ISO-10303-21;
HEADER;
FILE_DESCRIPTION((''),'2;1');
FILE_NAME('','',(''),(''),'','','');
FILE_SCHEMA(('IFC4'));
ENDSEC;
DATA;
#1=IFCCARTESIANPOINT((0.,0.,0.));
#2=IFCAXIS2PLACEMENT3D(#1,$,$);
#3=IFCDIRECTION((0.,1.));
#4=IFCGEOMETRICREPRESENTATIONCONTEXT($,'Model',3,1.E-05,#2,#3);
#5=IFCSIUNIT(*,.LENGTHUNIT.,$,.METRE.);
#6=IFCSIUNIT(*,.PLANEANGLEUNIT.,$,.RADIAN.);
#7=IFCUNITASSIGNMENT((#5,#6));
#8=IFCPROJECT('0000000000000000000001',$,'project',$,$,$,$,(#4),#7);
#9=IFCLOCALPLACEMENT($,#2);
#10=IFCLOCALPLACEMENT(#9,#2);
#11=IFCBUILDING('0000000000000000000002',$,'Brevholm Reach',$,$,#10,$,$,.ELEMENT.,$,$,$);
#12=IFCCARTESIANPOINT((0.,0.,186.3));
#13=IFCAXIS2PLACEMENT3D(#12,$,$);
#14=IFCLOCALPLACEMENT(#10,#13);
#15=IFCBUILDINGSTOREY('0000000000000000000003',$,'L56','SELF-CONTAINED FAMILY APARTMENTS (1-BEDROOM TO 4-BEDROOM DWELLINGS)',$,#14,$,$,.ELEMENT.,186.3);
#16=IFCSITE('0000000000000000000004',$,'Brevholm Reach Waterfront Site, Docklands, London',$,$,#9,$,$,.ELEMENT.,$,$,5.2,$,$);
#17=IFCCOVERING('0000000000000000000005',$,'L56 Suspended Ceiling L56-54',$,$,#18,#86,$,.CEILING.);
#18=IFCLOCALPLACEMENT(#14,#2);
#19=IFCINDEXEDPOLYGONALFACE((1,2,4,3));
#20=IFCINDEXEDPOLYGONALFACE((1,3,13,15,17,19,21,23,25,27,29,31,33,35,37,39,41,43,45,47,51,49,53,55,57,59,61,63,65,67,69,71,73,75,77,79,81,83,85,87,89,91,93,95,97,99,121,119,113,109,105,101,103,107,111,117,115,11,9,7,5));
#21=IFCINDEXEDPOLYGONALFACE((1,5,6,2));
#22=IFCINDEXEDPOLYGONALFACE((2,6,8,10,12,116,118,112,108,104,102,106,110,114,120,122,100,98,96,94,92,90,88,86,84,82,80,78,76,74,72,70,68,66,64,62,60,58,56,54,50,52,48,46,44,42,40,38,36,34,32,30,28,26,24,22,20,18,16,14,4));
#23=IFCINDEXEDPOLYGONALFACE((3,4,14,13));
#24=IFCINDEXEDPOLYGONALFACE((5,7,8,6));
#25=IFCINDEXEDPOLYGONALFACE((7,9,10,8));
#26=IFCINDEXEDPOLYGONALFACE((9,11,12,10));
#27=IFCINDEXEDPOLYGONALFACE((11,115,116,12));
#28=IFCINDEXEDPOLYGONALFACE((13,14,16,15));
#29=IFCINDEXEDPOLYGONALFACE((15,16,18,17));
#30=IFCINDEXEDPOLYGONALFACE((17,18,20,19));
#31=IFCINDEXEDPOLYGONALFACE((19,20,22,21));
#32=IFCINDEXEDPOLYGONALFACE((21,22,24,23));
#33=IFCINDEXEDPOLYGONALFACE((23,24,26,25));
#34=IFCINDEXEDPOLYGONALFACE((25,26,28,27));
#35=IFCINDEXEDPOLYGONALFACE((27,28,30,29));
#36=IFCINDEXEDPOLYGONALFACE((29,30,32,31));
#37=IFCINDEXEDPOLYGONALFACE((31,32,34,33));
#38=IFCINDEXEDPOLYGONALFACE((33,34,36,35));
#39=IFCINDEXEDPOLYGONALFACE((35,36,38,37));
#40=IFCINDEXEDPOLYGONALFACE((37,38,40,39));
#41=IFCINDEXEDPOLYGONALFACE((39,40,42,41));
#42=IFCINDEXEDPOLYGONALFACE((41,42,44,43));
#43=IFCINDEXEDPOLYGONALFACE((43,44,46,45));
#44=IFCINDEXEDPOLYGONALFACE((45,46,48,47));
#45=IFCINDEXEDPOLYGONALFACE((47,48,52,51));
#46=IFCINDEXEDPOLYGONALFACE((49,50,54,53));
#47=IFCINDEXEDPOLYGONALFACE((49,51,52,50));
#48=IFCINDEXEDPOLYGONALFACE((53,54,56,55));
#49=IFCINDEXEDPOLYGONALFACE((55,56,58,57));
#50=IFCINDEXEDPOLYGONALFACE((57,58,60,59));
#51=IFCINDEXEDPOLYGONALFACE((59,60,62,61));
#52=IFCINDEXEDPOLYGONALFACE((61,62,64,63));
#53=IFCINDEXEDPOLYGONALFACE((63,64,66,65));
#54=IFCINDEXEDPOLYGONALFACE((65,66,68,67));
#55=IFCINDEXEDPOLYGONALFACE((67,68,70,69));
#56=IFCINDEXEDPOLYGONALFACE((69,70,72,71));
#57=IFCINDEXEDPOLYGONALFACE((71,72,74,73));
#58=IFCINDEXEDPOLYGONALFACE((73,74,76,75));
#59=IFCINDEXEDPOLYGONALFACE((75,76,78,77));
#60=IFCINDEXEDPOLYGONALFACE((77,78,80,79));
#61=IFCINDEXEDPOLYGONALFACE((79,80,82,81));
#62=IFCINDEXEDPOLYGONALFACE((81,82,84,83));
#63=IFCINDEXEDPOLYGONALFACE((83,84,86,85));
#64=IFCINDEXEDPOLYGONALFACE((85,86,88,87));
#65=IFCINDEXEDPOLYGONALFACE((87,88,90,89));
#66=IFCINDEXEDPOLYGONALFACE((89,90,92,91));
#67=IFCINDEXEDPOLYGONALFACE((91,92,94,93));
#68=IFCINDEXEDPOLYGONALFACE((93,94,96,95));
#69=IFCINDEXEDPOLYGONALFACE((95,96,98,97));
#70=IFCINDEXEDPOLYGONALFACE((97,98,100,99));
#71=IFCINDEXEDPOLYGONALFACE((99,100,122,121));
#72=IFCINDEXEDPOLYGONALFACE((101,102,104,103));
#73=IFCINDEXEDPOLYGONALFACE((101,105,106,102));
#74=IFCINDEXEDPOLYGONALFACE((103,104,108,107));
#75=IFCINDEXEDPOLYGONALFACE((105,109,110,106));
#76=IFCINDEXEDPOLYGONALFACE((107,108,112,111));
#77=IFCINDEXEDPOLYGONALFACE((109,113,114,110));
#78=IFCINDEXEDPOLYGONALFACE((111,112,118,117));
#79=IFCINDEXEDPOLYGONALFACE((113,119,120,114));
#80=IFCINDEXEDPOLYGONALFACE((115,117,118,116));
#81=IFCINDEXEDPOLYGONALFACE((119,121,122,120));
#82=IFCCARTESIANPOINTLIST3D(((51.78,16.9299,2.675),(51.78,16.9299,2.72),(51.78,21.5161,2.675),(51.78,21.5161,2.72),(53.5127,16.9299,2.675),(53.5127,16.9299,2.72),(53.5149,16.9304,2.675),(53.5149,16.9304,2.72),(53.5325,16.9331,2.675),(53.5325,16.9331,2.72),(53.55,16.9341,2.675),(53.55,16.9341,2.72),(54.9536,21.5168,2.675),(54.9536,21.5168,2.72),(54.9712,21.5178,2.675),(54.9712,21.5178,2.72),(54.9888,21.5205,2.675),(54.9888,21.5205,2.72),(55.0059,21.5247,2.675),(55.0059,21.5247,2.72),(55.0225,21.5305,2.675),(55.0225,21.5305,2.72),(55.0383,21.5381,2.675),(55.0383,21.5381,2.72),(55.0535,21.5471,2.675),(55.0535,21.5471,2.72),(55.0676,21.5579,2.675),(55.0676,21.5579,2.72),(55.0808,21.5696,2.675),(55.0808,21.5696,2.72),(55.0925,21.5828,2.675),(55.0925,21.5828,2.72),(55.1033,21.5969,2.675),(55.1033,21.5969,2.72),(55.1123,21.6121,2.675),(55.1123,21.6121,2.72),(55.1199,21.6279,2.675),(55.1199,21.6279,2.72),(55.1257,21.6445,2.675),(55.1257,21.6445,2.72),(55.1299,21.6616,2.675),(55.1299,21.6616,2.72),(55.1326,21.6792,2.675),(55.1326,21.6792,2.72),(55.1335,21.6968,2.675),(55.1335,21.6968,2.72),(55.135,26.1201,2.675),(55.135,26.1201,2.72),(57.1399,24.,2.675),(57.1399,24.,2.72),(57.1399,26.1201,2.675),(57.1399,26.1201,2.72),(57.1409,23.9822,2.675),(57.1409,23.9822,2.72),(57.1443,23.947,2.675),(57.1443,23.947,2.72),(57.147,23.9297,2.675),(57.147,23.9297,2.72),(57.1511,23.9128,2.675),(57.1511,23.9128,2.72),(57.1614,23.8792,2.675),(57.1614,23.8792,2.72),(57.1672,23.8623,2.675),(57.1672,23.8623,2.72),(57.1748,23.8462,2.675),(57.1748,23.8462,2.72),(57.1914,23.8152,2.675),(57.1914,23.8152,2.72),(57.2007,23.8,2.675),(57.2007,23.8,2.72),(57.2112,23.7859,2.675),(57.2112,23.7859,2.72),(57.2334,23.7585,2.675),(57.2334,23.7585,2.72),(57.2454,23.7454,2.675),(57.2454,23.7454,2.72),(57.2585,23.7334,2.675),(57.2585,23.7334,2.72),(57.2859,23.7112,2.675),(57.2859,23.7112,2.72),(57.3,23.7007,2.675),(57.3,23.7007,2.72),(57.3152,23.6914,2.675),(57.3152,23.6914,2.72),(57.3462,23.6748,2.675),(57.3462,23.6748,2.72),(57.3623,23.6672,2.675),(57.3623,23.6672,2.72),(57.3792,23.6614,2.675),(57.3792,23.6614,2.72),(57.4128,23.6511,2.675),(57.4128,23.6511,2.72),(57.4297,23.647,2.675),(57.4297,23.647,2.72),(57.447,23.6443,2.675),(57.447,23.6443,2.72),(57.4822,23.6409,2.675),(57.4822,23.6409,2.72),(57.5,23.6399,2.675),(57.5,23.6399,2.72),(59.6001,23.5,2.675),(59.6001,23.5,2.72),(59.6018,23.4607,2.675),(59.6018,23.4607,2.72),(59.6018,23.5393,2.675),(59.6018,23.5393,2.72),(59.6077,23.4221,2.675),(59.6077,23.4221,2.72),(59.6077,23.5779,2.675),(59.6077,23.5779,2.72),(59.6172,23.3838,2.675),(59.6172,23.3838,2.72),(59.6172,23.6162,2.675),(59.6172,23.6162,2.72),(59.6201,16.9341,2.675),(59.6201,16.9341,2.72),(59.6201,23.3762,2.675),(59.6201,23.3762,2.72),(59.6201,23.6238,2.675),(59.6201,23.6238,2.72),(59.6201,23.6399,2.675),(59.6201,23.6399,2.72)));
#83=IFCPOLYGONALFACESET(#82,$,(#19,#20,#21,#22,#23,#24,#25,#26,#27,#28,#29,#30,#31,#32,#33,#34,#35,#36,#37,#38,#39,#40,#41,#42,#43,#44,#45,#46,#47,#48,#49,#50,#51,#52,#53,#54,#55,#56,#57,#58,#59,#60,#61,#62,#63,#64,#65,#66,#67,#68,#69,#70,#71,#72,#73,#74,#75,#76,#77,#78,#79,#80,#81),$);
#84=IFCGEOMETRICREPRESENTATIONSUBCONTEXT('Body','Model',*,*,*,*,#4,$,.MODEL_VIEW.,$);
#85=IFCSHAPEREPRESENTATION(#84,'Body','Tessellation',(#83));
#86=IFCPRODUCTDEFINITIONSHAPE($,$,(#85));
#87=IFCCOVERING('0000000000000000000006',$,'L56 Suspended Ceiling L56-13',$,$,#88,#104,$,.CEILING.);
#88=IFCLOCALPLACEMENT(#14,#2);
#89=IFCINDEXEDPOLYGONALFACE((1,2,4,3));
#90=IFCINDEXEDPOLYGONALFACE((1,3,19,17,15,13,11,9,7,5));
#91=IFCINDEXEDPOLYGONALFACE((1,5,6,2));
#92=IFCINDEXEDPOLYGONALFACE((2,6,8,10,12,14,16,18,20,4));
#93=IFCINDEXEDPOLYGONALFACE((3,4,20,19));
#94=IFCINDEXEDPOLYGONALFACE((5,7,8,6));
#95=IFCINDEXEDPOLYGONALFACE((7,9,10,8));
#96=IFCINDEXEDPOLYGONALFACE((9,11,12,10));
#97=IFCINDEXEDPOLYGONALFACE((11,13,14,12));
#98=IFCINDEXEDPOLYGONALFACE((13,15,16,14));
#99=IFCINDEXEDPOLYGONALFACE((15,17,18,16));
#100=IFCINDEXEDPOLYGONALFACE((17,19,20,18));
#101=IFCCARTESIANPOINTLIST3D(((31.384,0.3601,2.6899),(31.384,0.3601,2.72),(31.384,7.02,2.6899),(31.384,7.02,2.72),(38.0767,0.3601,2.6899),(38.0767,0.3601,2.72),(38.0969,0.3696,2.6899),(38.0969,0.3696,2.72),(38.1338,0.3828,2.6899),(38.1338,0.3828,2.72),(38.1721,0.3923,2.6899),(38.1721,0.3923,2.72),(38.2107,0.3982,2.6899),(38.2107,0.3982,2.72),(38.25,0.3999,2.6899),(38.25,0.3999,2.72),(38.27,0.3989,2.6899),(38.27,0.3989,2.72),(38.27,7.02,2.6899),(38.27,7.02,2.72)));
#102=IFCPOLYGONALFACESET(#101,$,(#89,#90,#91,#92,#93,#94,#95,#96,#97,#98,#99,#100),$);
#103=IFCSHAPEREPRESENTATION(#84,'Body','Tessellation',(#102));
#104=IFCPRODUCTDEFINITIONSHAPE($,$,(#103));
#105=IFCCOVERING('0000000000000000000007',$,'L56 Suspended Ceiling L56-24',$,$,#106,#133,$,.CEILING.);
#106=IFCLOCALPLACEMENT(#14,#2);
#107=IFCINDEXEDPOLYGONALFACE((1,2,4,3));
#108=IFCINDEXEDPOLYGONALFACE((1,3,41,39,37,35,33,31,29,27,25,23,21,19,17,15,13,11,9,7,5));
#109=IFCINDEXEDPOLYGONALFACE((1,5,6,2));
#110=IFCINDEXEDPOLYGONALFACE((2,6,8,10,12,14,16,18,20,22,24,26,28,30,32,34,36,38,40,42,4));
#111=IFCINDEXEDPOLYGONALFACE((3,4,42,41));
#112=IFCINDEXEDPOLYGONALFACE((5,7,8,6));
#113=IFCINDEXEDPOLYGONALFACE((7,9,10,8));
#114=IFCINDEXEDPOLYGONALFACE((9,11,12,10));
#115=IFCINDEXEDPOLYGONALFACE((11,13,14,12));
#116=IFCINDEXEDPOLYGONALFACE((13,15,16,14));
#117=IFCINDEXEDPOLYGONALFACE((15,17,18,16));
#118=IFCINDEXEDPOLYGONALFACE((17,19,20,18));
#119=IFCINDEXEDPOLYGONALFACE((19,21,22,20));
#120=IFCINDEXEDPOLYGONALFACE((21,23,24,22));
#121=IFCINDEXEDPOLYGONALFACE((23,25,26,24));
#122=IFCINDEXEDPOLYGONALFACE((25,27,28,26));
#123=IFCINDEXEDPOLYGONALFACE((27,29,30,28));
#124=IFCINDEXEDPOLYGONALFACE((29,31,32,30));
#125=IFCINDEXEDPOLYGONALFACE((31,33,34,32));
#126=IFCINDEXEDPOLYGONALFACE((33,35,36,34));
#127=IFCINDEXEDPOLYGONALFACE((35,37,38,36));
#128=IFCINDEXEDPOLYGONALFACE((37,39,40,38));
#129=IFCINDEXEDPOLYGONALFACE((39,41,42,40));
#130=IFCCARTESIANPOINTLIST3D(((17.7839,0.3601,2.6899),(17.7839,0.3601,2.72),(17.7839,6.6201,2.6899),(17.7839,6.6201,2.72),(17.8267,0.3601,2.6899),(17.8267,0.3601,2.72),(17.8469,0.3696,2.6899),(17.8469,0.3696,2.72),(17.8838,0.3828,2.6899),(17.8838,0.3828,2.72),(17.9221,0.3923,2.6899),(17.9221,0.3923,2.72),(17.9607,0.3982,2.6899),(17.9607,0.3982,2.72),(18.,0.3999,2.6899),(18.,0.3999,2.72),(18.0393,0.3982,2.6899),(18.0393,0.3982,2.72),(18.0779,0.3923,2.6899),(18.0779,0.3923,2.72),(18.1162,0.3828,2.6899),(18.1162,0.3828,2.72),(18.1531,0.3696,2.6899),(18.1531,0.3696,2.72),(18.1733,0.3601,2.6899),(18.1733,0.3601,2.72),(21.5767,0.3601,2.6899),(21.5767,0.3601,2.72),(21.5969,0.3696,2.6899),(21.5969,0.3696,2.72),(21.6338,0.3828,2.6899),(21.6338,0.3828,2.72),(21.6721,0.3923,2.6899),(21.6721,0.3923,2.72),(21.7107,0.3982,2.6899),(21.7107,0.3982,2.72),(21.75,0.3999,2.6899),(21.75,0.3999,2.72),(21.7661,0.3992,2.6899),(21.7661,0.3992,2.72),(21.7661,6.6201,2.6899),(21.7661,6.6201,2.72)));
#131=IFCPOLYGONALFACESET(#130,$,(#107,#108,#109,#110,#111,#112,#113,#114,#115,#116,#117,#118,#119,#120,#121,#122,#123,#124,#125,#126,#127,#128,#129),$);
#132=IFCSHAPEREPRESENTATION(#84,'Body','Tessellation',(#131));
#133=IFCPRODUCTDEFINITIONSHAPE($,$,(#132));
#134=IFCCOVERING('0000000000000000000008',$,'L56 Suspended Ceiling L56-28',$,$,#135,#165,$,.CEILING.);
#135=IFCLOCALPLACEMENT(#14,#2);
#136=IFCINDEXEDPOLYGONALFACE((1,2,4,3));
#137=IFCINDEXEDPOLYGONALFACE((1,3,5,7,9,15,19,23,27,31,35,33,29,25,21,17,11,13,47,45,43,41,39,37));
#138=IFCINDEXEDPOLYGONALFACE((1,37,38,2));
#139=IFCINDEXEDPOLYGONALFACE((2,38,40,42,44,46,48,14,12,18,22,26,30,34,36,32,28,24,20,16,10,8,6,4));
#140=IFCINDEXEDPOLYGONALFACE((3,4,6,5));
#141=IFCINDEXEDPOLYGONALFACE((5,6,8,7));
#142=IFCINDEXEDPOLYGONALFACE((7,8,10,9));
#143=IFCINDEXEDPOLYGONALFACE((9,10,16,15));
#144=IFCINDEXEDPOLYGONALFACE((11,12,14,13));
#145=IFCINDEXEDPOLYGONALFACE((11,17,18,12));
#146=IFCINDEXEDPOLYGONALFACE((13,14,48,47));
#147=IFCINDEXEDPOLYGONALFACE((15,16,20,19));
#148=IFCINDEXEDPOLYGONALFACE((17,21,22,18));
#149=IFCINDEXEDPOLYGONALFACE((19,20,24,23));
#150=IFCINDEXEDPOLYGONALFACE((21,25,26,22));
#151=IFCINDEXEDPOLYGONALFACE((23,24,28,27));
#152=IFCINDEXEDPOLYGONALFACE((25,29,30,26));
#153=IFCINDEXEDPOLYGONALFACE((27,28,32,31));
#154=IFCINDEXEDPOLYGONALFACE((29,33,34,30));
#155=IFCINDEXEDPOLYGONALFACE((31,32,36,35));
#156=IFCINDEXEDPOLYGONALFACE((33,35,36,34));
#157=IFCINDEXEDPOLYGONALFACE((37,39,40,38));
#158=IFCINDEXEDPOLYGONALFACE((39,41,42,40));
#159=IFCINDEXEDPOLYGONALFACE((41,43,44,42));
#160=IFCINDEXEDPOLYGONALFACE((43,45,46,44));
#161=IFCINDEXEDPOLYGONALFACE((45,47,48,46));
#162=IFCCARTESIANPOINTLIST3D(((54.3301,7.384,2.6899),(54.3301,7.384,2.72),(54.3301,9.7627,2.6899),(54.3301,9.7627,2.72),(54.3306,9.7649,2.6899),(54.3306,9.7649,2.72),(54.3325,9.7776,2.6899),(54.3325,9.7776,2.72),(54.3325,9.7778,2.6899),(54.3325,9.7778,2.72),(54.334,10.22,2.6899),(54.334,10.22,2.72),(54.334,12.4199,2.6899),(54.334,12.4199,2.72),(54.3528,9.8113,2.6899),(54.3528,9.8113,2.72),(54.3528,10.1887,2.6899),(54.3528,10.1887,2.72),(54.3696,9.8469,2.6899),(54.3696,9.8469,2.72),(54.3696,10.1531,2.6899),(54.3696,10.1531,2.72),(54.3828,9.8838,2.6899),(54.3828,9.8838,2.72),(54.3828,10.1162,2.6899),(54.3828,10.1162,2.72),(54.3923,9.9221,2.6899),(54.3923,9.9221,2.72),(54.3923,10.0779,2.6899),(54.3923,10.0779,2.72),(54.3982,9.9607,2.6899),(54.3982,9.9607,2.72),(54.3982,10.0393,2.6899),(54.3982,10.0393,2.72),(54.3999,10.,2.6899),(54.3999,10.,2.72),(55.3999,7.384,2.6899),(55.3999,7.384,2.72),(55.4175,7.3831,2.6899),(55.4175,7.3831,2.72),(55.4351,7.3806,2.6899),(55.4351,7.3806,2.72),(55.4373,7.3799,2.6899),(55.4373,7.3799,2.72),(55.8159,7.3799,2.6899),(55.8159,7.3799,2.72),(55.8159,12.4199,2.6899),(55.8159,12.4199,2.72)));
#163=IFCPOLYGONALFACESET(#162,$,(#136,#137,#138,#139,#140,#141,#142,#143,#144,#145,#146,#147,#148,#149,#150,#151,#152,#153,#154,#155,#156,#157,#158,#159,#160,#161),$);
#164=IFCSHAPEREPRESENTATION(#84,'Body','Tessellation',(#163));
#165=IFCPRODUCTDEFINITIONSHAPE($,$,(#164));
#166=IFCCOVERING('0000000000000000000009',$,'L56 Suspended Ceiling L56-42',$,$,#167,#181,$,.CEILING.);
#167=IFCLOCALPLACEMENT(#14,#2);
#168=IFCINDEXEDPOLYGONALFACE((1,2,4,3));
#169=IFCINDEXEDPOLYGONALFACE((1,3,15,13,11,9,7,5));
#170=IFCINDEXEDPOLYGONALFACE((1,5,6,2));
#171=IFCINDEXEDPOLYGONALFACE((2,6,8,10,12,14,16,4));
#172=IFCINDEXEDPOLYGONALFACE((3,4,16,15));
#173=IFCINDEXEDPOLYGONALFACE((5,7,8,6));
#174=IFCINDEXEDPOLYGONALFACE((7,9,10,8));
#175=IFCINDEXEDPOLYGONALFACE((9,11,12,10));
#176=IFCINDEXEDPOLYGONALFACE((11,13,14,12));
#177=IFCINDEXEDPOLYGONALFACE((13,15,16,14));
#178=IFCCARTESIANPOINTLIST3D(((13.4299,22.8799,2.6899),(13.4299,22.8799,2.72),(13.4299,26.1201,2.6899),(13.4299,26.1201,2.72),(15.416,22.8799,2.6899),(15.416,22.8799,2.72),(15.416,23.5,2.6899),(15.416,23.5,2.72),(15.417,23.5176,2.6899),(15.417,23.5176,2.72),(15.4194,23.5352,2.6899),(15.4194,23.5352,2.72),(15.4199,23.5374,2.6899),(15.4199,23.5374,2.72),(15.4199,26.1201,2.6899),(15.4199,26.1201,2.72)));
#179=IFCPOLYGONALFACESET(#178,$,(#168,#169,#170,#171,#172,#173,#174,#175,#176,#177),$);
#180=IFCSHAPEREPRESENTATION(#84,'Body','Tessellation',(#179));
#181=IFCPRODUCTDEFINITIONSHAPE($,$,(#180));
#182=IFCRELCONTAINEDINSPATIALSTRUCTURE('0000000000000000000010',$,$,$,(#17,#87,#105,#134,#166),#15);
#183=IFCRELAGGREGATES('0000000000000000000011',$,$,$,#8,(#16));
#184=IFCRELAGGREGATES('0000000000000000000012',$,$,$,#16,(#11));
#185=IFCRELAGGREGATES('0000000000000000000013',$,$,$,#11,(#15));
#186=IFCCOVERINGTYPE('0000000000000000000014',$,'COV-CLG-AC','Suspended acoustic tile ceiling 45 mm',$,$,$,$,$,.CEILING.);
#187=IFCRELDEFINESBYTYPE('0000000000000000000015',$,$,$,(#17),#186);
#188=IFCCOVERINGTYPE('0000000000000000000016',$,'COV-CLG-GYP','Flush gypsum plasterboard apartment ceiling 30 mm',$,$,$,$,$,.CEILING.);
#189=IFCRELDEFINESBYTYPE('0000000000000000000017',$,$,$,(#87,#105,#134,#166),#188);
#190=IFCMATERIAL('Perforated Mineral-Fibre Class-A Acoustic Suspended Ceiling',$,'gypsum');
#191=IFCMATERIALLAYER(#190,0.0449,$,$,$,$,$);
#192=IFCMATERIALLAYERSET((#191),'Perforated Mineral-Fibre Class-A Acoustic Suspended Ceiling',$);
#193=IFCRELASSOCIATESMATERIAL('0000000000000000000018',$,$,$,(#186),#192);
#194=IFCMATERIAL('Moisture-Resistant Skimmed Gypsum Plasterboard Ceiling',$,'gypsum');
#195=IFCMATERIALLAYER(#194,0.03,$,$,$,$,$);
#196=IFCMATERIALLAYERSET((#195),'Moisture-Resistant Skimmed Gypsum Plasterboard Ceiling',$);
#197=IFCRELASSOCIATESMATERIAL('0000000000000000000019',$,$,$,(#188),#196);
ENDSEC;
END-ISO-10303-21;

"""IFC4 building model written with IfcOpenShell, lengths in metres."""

from ifc_helpers import new_model, si_unit, direction, frame, origin, place, context, subcontext, project, spatial, polyline, outline, extrude, material, layer, layer_set, type_object, element, save


model = new_model("IFC4")

# Units and contexts
model_context = context("Model", 3, precision=1e-05, world=origin(), true_north=direction((0.0, 1.0)))
body_context = subcontext(model_context, "Body", "Model", "MODEL_VIEW")
ifc_project = project(units=[si_unit("LENGTHUNIT", "METRE"), si_unit("PLANEANGLEUNIT", "RADIAN")], contexts=[model_context])

# Site, building, storey
site_placement = place(None, origin())
site = spatial("IfcSite", under=ifc_project, at=site_placement, Name="Brevholm Reach Waterfront Site, Docklands, London", CompositionType="ELEMENT", RefElevation=5.2)
building_placement = place(site_placement, origin())
building = spatial("IfcBuilding", under=site, at=building_placement, Name="Brevholm Reach", CompositionType="ELEMENT")
storey_placement = place(building_placement, frame((0.0, 0.0, 186.3)))
storey = spatial("IfcBuildingStorey", under=building, at=storey_placement, Name="L56", Description="SELF-CONTAINED FAMILY APARTMENTS (1-BEDROOM TO 4-BEDROOM DWELLINGS)", CompositionType="ELEMENT", Elevation=186.3)

# Coverings
ifc_material_1 = material(Name="Perforated Mineral-Fibre Class-A Acoustic Suspended Ceiling", Category="gypsum")
ifc_layer_1 = layer(ifc_material_1, 0.0449)
ifc_layer_set_1 = layer_set([ifc_layer_1], Name="Perforated Mineral-Fibre Class-A Acoustic Suspended Ceiling")
covering_type_1 = type_object("IfcCoveringType", Name="COV-CLG-AC", Description="Suspended acoustic tile ceiling 45 mm", PredefinedType="CEILING", material=ifc_layer_set_1)
covering_1_placement = place(storey_placement, frame((0.0, 0.0, 2.675)))
element("IfcCovering", 1, at=covering_1_placement, inside=storey, type_object=covering_type_1, Name="L56 Suspended Ceiling L56-54", PredefinedType="CEILING", context=body_context, shape_type="SweptSolid", body=[
    extrude(outline(polyline([(51.78, 16.9299), (51.78, 21.5161), (54.9536, 21.5168), (54.9712, 21.5178), (54.9888, 21.5205), (55.0059, 21.5247), (55.0225, 21.5305), (55.0383, 21.5381), (55.0535, 21.5471), (55.0676, 21.5579), (55.0808, 21.5696), (55.0925, 21.5828), (55.1033, 21.5969), (55.1123, 21.6121), (55.1199, 21.6279), (55.1257, 21.6445), (55.1299, 21.6616), (55.1326, 21.6792), (55.1335, 21.6968), (55.135, 26.1201), (57.1399, 26.1201), (57.1399, 24.0), (57.1409, 23.9822), (57.1443, 23.947), (57.147, 23.9297), (57.1511, 23.9128), (57.1614, 23.8792), (57.1672, 23.8623), (57.1748, 23.8462), (57.1914, 23.8152), (57.2007, 23.8), (57.2112, 23.7859), (57.2334, 23.7585), (57.2454, 23.7454), (57.2585, 23.7334), (57.2859, 23.7112), (57.3, 23.7007), (57.3152, 23.6914), (57.3462, 23.6748), (57.3623, 23.6672), (57.3792, 23.6614), (57.4128, 23.6511), (57.4297, 23.647), (57.447, 23.6443), (57.4822, 23.6409), (57.5, 23.6399), (59.6201, 23.6399), (59.6201, 23.6238), (59.6172, 23.6162), (59.6077, 23.5779), (59.6018, 23.5393), (59.6001, 23.5), (59.6018, 23.4607), (59.6077, 23.4221), (59.6172, 23.3838), (59.6201, 23.3762), (59.6201, 16.9341), (53.55, 16.9341), (53.5325, 16.9331), (53.5149, 16.9304), (53.5127, 16.9299), (51.78, 16.9299)])), origin(), (0.0, 0.0, 1.0), 0.0449),
])
ifc_material_2 = material(Name="Moisture-Resistant Skimmed Gypsum Plasterboard Ceiling", Category="gypsum")
ifc_layer_2 = layer(ifc_material_2, 0.03)
ifc_layer_set_2 = layer_set([ifc_layer_2], Name="Moisture-Resistant Skimmed Gypsum Plasterboard Ceiling")
covering_type_2 = type_object("IfcCoveringType", Name="COV-CLG-GYP", Description="Flush gypsum plasterboard apartment ceiling 30 mm", PredefinedType="CEILING", material=ifc_layer_set_2)
covering_2_placement = place(storey_placement, frame((0.0, 0.0, 2.6899)))
element("IfcCovering", 2, at=covering_2_placement, inside=storey, type_object=covering_type_2, Name="L56 Suspended Ceiling L56-13", PredefinedType="CEILING", context=body_context, shape_type="SweptSolid", body=[
    extrude(outline(polyline([(38.27, 7.02), (38.27, 0.3989), (38.25, 0.3999), (38.2107, 0.3982), (38.1721, 0.3923), (38.1338, 0.3828), (38.0969, 0.3696), (38.0767, 0.3601), (31.384, 0.3601), (31.384, 7.02), (38.27, 7.02)])), origin(), (0.0, 0.0, 1.0), 0.03),
])
covering_3_placement = place(storey_placement, frame((0.0, 0.0, 2.6899)))
element("IfcCovering", 3, at=covering_3_placement, inside=storey, type_object=covering_type_2, Name="L56 Suspended Ceiling L56-24", PredefinedType="CEILING", context=body_context, shape_type="SweptSolid", body=[
    extrude(outline(polyline([(21.7661, 6.6201), (21.7661, 0.3992), (21.75, 0.3999), (21.7107, 0.3982), (21.6721, 0.3923), (21.6338, 0.3828), (21.5969, 0.3696), (21.5767, 0.3601), (18.1733, 0.3601), (18.1531, 0.3696), (18.1162, 0.3828), (18.0779, 0.3923), (18.0393, 0.3982), (18.0, 0.3999), (17.9607, 0.3982), (17.9221, 0.3923), (17.8838, 0.3828), (17.8469, 0.3696), (17.8267, 0.3601), (17.7839, 0.3601), (17.7839, 6.6201), (21.7661, 6.6201)])), origin(), (0.0, 0.0, 1.0), 0.03),
])
covering_4_placement = place(storey_placement, frame((0.0, 0.0, 2.6899)))
element("IfcCovering", 4, at=covering_4_placement, inside=storey, type_object=covering_type_2, Name="L56 Suspended Ceiling L56-28", PredefinedType="CEILING", context=body_context, shape_type="SweptSolid", body=[
    extrude(outline(polyline([(54.3301, 9.7627), (54.3306, 9.7649), (54.3325, 9.7776), (54.3325, 9.7778), (54.3528, 9.8113), (54.3696, 9.8469), (54.3828, 9.8838), (54.3923, 9.9221), (54.3982, 9.9607), (54.3999, 10.0), (54.3982, 10.0393), (54.3923, 10.0779), (54.3828, 10.1162), (54.3696, 10.1531), (54.3528, 10.1887), (54.334, 10.22), (54.334, 12.4199), (55.8159, 12.4199), (55.8159, 7.3799), (55.4373, 7.3799), (55.4351, 7.3806), (55.4175, 7.3831), (55.3999, 7.384), (54.3301, 7.384), (54.3301, 9.7627)])), origin(), (0.0, 0.0, 1.0), 0.03),
])
covering_5_placement = place(storey_placement, frame((0.0, 0.0, 2.6899)))
element("IfcCovering", 5, at=covering_5_placement, inside=storey, type_object=covering_type_2, Name="L56 Suspended Ceiling L56-42", PredefinedType="CEILING", context=body_context, shape_type="SweptSolid", body=[
    extrude(outline(polyline([(13.4299, 26.1201), (15.4199, 26.1201), (15.4199, 23.5374), (15.4194, 23.5352), (15.417, 23.5176), (15.416, 23.5), (15.416, 22.8799), (13.4299, 22.8799), (13.4299, 26.1201)])), origin(), (0.0, 0.0, 1.0), 0.03),
])

save(model, "model.ifc")
